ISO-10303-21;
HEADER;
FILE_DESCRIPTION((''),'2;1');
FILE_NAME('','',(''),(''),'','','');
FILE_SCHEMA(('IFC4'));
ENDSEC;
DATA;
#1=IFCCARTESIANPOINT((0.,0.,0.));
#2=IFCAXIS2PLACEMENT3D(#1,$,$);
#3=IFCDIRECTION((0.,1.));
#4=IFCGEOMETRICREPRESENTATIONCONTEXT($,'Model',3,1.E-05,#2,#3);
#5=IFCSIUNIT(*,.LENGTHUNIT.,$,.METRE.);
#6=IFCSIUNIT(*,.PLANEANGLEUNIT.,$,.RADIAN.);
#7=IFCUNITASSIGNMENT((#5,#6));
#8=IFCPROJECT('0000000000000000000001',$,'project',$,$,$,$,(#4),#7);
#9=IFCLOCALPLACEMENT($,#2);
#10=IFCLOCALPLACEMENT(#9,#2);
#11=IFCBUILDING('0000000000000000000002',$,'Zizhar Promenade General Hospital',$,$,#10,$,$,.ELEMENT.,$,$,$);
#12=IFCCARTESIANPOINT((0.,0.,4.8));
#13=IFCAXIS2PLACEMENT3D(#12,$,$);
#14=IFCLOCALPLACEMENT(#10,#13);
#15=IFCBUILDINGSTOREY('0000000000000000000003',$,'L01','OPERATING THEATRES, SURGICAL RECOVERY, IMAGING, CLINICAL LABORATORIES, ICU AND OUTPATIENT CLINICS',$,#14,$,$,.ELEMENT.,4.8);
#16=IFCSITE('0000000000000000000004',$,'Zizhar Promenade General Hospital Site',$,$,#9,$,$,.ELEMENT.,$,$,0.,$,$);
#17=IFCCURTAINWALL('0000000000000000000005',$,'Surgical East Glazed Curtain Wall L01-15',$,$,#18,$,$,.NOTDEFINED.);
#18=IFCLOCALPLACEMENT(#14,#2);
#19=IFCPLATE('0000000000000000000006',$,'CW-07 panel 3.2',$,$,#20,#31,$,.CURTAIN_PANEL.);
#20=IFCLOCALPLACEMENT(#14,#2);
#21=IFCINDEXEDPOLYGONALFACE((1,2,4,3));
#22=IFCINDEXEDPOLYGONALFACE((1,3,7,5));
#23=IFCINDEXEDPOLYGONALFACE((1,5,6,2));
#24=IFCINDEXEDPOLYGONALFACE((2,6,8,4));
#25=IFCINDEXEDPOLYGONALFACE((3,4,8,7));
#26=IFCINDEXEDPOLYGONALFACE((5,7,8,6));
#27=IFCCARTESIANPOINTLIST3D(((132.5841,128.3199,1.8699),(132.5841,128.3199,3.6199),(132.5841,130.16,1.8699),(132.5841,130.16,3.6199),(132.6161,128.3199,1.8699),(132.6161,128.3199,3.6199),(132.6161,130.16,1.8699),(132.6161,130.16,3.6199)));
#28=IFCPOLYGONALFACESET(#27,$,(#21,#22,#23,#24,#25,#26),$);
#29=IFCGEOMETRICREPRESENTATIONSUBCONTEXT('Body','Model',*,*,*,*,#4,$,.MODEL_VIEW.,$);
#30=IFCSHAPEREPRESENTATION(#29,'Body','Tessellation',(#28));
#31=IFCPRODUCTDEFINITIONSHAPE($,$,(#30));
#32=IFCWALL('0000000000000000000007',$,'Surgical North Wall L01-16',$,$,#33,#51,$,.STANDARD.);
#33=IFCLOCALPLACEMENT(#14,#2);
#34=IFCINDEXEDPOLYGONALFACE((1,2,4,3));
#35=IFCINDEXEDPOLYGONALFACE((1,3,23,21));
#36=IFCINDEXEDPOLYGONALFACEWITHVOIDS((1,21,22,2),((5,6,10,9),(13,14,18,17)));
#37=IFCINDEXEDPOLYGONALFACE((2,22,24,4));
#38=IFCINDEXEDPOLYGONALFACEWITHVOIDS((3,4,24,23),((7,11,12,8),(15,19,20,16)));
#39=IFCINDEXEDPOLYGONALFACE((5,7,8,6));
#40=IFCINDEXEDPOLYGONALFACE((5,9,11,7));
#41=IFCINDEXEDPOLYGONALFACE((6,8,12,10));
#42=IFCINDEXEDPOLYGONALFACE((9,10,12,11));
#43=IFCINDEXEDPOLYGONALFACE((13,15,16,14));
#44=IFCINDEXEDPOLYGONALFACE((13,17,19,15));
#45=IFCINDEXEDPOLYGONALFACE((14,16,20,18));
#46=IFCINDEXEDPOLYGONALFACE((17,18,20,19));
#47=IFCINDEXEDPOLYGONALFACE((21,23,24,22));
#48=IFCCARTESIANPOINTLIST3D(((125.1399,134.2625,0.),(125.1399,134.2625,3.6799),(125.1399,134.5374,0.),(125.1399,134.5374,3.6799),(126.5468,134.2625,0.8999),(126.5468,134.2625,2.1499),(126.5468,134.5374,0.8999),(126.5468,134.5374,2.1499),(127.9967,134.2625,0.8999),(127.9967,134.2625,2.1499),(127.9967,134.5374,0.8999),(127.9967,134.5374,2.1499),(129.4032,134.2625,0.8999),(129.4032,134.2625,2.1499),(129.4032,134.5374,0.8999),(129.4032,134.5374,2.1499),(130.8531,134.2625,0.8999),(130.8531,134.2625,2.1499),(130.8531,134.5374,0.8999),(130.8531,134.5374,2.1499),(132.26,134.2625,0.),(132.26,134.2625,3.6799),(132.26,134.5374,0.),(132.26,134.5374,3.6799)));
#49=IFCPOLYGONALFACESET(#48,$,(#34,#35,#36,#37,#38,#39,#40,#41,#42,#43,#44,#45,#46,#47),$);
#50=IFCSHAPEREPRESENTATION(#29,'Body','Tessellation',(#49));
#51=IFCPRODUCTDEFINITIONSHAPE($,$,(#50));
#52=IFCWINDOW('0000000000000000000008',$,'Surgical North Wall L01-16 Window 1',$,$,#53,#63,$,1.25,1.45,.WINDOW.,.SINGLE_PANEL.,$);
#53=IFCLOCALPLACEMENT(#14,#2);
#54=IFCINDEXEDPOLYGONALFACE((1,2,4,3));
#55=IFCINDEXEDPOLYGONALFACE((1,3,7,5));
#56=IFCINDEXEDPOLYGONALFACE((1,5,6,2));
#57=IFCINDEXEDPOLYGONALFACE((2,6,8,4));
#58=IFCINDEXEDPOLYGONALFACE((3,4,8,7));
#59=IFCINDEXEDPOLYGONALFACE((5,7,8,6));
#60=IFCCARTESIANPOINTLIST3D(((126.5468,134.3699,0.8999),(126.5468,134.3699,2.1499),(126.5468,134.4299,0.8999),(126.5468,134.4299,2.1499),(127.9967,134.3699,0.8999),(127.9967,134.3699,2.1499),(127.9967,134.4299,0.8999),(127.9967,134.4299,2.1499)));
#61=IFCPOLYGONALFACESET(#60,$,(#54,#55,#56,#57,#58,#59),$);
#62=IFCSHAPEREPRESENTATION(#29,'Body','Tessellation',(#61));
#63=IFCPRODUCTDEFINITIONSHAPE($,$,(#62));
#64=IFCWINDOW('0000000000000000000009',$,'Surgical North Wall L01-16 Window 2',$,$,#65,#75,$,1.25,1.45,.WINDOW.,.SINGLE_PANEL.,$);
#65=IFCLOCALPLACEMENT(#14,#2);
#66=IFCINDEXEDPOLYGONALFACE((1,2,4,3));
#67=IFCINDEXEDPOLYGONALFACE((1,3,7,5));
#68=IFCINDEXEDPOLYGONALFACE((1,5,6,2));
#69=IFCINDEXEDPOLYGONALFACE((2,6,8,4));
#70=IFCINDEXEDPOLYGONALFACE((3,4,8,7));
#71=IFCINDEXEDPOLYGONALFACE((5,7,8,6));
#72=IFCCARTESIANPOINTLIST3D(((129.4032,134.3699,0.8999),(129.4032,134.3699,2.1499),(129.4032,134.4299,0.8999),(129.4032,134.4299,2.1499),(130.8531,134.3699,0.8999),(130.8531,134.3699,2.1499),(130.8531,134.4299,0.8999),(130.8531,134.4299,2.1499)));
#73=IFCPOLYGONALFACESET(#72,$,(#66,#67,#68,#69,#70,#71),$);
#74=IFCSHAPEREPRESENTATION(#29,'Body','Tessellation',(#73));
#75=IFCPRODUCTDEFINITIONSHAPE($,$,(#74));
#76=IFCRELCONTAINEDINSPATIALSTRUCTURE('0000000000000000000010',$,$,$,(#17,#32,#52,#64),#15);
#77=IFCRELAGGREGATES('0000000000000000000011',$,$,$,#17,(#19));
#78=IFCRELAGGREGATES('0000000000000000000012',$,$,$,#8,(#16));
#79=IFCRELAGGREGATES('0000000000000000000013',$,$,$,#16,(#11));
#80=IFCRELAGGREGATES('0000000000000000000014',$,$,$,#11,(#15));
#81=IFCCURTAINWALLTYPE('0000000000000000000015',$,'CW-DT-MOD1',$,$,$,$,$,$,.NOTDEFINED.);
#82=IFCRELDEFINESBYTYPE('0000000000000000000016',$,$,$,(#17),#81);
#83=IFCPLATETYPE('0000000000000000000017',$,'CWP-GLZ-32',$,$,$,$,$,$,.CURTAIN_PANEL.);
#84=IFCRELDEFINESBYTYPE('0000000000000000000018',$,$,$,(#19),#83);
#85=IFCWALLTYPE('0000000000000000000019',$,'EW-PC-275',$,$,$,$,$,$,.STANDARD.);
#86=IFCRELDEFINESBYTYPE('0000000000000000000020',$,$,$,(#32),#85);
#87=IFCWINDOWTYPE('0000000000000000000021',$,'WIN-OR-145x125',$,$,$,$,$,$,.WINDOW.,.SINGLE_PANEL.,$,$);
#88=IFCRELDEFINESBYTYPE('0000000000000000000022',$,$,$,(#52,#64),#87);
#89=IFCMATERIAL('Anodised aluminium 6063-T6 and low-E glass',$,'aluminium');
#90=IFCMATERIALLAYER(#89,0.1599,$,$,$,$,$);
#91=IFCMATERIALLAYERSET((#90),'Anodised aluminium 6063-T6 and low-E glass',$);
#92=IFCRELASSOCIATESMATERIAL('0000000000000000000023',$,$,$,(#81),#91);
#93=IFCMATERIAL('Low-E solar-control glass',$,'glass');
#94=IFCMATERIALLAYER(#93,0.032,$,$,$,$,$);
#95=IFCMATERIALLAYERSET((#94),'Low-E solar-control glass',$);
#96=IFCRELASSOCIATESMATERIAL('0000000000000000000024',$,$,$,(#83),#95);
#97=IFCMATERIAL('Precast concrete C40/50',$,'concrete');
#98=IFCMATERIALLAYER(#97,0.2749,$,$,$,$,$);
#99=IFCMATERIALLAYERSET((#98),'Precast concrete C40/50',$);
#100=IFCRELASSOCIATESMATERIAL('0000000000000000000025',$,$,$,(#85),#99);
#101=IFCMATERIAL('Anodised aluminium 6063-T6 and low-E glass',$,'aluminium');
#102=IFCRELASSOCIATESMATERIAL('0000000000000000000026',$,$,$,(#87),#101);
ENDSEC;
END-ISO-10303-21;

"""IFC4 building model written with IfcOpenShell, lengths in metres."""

from ifc_helpers import new_model, si_unit, direction, frame, frame_2d, origin, origin_2d, place, context, subcontext, project, spatial, rectangle, extrude, material, layer, layer_set, type_object, element, fill, aggregate, save


model = new_model("IFC4")

# Units and contexts
model_context = context("Model", 3, precision=1e-05, world=origin(), true_north=direction((0.0, 1.0)))
body_context = subcontext(model_context, "Body", "Model", "MODEL_VIEW")
ifc_project = project(units=[si_unit("LENGTHUNIT", "METRE"), si_unit("PLANEANGLEUNIT", "RADIAN")], contexts=[model_context])

# Site, building, storey
site_placement = place(None, origin())
site = spatial("IfcSite", under=ifc_project, at=site_placement, Name="Zizhar Promenade General Hospital Site", CompositionType="ELEMENT", RefElevation=0.0)
building_placement = place(site_placement, origin())
building = spatial("IfcBuilding", under=site, at=building_placement, Name="Zizhar Promenade General Hospital", CompositionType="ELEMENT")
storey_placement = place(building_placement, frame((0.0, 0.0, 4.8)))
storey = spatial("IfcBuildingStorey", under=building, at=storey_placement, Name="L01", Description="OPERATING THEATRES, SURGICAL RECOVERY, IMAGING, CLINICAL LABORATORIES, ICU AND OUTPATIENT CLINICS", CompositionType="ELEMENT", Elevation=4.8)

# Curtain wall, plate
ifc_material_1 = material(Name="Anodised aluminium 6063-T6 and low-E glass", Category="aluminium")
ifc_layer_1 = layer(ifc_material_1, 0.1599)
ifc_layer_set_1 = layer_set([ifc_layer_1], Name="Anodised aluminium 6063-T6 and low-E glass")
curtain_wall_type = type_object("IfcCurtainWallType", Name="CW-DT-MOD1", PredefinedType="NOTDEFINED", material=ifc_layer_set_1)
curtain_wall_placement = place(storey_placement, origin())
curtain_wall = element("IfcCurtainWall", 1, at=curtain_wall_placement, inside=storey, type_object=curtain_wall_type, Name="Surgical East Glazed Curtain Wall L01-15", PredefinedType="NOTDEFINED")
ifc_material_2 = material(Name="Low-E solar-control glass", Category="glass")
ifc_layer_2 = layer(ifc_material_2, 0.032)
ifc_layer_set_2 = layer_set([ifc_layer_2], Name="Low-E solar-control glass")
plate_type = type_object("IfcPlateType", Name="CWP-GLZ-32", PredefinedType="CURTAIN_PANEL", material=ifc_layer_set_2)
plate_1_placement = place(storey_placement, frame((132.6001, 129.24, 1.8699), z_axis=(0.0, 0.0, 1.0), x_axis=(0.0, -1.0, 0.0)))
plate_1 = element("IfcPlate", 2, at=plate_1_placement, type_object=plate_type, Name="CW-07 panel 3.2", PredefinedType="CURTAIN_PANEL", context=body_context, shape_type="SweptSolid", body=[
    extrude(rectangle(XDim=1.8401, YDim=0.032, at=origin_2d()), origin(), (0.0, 0.0, 1.0), 1.75),
])
aggregate(curtain_wall, [plate_1])

# Wall, openings, windows
ifc_material_3 = material(Name="Precast concrete C40/50", Category="concrete")
ifc_layer_3 = layer(ifc_material_3, 0.2749)
ifc_layer_set_3 = layer_set([ifc_layer_3], Name="Precast concrete C40/50")
wall_type = type_object("IfcWallType", Name="EW-PC-275", PredefinedType="STANDARD", material=ifc_layer_set_3)
wall_placement = place(storey_placement, frame((125.1399, 134.3999, 0.0), z_axis=(0.0, 0.0, 1.0), x_axis=(1.0, 0.0, 0.0)))
wall = element("IfcWall", 3, at=wall_placement, inside=storey, type_object=wall_type, Name="Surgical North Wall L01-16", PredefinedType="STANDARD", context=body_context, shape_type="SweptSolid", body=[
    extrude(rectangle(XDim=7.1201, YDim=0.2749, at=frame_2d((3.5601, 0.0))), origin(), (0.0, 0.0, 1.0), 3.6799),
])
opening_1_placement = place(wall_placement, frame((1.4067, 0.0, 0.8999)))
opening_1 = element("IfcOpeningElement", 4, at=opening_1_placement, cuts=wall, PredefinedType="OPENING", context=body_context, shape_type="SweptSolid", body=[
    extrude(rectangle(XDim=1.45, YDim=1.25, at=frame_2d((0.7251, 0.625))), frame((0.0, 0.1475, 0.0), z_axis=(0.0, -1.0, 0.0), x_axis=(1.0, 0.0, 0.0)), (0.0, 0.0, 1.0), 0.2949),
])
opening_2_placement = place(wall_placement, frame((4.2632, 0.0, 0.8999)))
opening_2 = element("IfcOpeningElement", 5, at=opening_2_placement, cuts=wall, PredefinedType="OPENING", context=body_context, shape_type="SweptSolid", body=[
    extrude(rectangle(XDim=1.45, YDim=1.25, at=frame_2d((0.7251, 0.625))), frame((0.0, 0.1475, 0.0), z_axis=(0.0, -1.0, 0.0), x_axis=(1.0, 0.0, 0.0)), (0.0, 0.0, 1.0), 0.2949),
])
ifc_material_4 = material(Name="Anodised aluminium 6063-T6 and low-E glass", Category="aluminium")
window_type = type_object("IfcWindowType", Name="WIN-OR-145x125", PartitioningType="SINGLE_PANEL", PredefinedType="WINDOW", material=ifc_material_4)
window_1_placement = place(opening_1_placement, origin())
window_1 = element("IfcWindow", 6, at=window_1_placement, inside=storey, type_object=window_type, Name="Surgical North Wall L01-16 Window 1", OverallHeight=1.25, OverallWidth=1.45, PartitioningType="SINGLE_PANEL", PredefinedType="WINDOW", context=body_context, shape_type="SweptSolid", body=[
    extrude(rectangle(XDim=1.45, YDim=1.25, at=frame_2d((0.7251, 0.625))), frame((0.0, 0.03, 0.0), z_axis=(0.0, -1.0, 0.0), x_axis=(1.0, 0.0, 0.0)), (0.0, 0.0, 1.0), 0.0601),
])
fill(opening_1, window_1)
window_2_placement = place(opening_2_placement, origin())
window_2 = element("IfcWindow", 7, at=window_2_placement, inside=storey, type_object=window_type, Name="Surgical North Wall L01-16 Window 2", OverallHeight=1.25, OverallWidth=1.45, PartitioningType="SINGLE_PANEL", PredefinedType="WINDOW", context=body_context, shape_type="SweptSolid", body=[
    extrude(rectangle(XDim=1.45, YDim=1.25, at=frame_2d((0.7251, 0.625))), frame((0.0, 0.03, 0.0), z_axis=(0.0, -1.0, 0.0), x_axis=(1.0, 0.0, 0.0)), (0.0, 0.0, 1.0), 0.0601),
])
fill(opening_2, window_2)

save(model, "model.ifc")
